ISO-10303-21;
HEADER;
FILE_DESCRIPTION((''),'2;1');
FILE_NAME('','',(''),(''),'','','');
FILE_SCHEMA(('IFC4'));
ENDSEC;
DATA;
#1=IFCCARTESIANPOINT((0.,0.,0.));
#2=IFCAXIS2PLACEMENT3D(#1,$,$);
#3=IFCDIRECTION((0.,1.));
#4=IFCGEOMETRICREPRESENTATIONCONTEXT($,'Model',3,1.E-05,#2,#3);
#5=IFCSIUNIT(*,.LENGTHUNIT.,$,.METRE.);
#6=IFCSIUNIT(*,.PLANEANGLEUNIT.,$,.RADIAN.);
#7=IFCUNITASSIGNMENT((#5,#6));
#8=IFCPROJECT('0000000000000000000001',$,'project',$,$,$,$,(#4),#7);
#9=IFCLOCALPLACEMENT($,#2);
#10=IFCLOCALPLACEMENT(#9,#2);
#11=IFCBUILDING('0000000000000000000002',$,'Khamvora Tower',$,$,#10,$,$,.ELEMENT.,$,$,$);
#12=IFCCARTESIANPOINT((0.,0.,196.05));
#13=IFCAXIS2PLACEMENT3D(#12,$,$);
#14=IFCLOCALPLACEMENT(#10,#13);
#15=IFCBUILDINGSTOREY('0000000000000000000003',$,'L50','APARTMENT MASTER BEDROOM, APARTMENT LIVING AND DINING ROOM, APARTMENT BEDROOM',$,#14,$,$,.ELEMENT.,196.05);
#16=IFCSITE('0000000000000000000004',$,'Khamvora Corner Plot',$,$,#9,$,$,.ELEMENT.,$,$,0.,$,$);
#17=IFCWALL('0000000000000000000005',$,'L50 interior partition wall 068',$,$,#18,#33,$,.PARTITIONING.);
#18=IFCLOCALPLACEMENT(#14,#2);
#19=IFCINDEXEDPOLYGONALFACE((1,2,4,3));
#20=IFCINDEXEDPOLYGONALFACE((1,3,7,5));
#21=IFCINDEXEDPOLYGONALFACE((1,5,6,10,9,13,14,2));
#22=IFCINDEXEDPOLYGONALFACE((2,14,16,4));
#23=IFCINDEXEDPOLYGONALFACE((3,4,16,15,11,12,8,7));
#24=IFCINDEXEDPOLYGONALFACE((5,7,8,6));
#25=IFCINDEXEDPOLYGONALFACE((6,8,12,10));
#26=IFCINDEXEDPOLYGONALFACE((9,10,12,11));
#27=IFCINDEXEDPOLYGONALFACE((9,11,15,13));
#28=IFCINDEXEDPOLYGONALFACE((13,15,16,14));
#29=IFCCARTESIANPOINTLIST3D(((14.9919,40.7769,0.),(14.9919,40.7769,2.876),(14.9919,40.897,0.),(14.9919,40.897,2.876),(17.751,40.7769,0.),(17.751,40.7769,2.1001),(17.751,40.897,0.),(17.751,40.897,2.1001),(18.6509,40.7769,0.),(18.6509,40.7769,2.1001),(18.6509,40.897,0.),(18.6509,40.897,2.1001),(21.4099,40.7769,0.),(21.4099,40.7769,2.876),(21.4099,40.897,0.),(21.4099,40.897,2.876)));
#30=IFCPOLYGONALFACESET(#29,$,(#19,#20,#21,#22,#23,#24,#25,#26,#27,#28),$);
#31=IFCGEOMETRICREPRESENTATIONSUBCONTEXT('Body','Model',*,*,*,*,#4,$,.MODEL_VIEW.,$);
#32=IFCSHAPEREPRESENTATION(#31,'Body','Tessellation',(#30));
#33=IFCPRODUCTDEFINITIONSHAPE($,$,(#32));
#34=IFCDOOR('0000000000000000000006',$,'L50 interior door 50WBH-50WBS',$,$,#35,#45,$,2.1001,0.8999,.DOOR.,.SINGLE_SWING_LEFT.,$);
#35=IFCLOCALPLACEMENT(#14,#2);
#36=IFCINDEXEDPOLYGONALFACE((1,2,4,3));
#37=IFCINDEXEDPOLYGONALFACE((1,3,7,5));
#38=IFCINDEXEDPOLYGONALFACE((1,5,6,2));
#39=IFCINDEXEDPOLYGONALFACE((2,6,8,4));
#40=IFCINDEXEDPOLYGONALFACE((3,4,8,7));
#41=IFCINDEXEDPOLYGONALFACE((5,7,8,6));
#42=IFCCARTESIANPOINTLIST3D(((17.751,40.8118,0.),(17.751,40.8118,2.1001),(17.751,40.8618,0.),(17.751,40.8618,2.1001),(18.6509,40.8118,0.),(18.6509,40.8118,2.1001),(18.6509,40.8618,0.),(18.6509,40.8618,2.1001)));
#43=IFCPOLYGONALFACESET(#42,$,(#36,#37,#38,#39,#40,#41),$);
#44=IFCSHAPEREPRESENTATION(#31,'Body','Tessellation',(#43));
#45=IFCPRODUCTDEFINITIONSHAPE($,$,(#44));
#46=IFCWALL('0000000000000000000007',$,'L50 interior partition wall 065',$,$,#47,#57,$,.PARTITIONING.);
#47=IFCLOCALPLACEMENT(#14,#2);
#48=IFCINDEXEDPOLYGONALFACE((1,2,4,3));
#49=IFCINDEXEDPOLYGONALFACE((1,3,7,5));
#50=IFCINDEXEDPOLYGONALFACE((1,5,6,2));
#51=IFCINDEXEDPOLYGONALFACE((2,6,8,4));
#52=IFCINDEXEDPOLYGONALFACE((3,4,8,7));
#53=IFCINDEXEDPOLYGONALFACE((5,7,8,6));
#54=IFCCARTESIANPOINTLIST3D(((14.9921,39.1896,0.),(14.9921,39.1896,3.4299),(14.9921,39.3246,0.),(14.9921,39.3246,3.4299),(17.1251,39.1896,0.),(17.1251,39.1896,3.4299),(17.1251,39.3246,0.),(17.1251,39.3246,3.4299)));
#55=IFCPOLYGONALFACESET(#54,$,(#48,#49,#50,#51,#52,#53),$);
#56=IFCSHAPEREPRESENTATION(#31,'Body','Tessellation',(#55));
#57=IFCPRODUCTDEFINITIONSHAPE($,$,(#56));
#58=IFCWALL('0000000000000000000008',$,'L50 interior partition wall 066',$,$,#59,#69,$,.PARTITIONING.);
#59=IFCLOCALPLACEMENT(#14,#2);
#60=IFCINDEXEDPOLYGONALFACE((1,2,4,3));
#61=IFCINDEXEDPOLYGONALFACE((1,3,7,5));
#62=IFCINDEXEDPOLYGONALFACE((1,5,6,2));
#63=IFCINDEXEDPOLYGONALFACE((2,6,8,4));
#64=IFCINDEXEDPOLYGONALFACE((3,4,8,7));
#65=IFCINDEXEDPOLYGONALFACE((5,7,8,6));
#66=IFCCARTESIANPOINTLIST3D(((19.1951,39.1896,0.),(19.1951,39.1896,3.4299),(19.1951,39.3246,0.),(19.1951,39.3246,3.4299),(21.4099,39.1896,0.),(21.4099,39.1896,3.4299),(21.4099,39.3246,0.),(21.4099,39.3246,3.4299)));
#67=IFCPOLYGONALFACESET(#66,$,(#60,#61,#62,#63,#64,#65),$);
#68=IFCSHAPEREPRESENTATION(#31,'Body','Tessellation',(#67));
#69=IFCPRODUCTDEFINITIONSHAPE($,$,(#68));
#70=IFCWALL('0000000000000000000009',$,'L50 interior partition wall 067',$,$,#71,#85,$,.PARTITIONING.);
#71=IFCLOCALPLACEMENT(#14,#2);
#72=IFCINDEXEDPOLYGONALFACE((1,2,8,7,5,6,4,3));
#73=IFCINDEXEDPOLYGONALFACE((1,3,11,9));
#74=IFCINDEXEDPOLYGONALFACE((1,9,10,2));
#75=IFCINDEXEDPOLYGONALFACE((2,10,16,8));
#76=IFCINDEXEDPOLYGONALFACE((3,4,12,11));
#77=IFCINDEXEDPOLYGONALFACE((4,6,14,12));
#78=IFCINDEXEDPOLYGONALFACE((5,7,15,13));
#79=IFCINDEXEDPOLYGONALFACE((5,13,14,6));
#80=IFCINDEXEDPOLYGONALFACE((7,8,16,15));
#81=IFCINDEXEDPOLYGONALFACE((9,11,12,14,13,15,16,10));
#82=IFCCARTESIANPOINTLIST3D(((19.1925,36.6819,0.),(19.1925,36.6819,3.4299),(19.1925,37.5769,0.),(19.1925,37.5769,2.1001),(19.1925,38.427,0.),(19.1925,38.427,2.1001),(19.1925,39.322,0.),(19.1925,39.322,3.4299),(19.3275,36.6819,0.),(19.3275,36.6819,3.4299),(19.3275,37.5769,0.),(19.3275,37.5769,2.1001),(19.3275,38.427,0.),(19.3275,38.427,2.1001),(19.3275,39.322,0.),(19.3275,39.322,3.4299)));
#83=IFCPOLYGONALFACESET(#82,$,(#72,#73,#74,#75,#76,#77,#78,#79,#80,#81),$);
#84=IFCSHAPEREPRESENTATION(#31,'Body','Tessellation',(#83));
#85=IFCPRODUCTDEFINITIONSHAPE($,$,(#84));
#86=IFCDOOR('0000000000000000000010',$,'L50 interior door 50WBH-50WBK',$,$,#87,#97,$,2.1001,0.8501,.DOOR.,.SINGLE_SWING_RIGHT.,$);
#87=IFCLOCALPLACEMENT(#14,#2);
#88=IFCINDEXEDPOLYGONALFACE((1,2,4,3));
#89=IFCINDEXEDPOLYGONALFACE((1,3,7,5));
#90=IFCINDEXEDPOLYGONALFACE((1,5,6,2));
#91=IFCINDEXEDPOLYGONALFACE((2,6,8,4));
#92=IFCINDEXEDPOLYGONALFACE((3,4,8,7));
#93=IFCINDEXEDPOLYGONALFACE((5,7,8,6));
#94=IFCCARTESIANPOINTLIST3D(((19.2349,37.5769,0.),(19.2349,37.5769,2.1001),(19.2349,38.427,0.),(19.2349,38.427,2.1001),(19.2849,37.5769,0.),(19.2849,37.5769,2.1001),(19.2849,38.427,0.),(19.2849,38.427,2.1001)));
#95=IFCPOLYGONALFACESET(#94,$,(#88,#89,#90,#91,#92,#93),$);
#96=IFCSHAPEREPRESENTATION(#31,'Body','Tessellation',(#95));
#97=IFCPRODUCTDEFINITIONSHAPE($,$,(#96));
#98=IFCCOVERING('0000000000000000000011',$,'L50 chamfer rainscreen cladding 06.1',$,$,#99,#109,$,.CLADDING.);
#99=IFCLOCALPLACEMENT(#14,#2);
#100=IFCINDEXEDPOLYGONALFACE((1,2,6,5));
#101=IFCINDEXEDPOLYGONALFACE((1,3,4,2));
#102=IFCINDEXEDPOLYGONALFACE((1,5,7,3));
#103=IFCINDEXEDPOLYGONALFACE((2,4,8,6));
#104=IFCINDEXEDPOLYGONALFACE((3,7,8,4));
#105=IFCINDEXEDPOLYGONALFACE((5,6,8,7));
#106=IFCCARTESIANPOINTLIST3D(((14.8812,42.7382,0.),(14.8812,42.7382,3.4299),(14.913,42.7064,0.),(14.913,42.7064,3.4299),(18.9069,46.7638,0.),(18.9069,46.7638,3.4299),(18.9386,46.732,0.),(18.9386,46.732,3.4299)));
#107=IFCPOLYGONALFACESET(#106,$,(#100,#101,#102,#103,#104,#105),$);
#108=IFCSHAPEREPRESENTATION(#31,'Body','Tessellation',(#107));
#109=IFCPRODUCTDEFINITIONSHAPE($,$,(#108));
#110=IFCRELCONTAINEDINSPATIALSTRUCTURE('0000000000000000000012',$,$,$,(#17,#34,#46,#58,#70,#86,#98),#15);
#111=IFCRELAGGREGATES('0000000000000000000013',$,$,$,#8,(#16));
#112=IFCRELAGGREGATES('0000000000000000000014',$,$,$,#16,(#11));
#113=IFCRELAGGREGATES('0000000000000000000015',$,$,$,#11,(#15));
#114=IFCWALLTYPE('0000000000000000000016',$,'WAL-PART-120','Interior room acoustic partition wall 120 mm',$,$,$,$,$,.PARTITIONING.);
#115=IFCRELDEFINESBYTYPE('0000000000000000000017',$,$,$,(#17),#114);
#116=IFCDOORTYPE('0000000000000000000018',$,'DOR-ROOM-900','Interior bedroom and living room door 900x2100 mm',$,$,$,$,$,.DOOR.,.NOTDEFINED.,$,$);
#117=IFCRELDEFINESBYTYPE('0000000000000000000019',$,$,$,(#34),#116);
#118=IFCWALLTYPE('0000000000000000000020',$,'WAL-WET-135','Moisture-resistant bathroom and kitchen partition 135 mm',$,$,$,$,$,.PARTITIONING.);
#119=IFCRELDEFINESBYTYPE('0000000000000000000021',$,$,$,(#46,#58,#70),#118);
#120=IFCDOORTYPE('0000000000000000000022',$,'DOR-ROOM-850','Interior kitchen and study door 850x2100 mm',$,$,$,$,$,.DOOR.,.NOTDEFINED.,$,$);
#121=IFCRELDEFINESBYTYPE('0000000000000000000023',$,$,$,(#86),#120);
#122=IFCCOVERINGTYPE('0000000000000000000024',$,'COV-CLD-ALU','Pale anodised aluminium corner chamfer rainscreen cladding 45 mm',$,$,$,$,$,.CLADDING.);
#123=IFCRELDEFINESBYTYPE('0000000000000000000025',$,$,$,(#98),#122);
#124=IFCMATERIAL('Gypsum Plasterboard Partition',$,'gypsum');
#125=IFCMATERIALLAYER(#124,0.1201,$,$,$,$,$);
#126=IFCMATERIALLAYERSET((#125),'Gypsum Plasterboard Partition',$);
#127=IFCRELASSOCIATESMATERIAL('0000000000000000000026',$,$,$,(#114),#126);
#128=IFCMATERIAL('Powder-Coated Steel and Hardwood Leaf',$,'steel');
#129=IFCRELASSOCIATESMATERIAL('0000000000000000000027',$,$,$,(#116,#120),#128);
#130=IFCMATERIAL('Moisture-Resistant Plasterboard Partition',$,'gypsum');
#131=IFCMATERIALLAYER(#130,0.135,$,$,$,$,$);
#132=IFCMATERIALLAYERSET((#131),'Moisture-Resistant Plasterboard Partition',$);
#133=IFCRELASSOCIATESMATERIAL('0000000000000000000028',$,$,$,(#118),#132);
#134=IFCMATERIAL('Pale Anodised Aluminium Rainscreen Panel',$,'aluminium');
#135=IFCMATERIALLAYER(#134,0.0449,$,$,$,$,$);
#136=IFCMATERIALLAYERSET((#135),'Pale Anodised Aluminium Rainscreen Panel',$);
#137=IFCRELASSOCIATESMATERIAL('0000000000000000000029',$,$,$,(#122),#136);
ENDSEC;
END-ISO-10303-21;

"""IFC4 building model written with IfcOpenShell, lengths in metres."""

from ifc_helpers import new_model, si_unit, direction, frame, frame_2d, origin, origin_2d, place, context, subcontext, project, spatial, rectangle, extrude, material, layer, layer_set, type_object, element, fill, save


model = new_model("IFC4")

# Units and contexts
model_context = context("Model", 3, precision=1e-05, world=origin(), true_north=direction((0.0, 1.0)))
body_context = subcontext(model_context, "Body", "Model", "MODEL_VIEW")
ifc_project = project(units=[si_unit("LENGTHUNIT", "METRE"), si_unit("PLANEANGLEUNIT", "RADIAN")], contexts=[model_context])

# Site, building, storey
site_placement = place(None, origin())
site = spatial("IfcSite", under=ifc_project, at=site_placement, Name="Khamvora Corner Plot", CompositionType="ELEMENT", RefElevation=0.0)
building_placement = place(site_placement, origin())
building = spatial("IfcBuilding", under=site, at=building_placement, Name="Khamvora Tower", CompositionType="ELEMENT")
storey_placement = place(building_placement, frame((0.0, 0.0, 196.05)))
storey = spatial("IfcBuildingStorey", under=building, at=storey_placement, Name="L50", Description="APARTMENT MASTER BEDROOM, APARTMENT LIVING AND DINING ROOM, APARTMENT BEDROOM", CompositionType="ELEMENT", Elevation=196.05)

# Wall, opening, door
ifc_material_1 = material(Name="Gypsum Plasterboard Partition", Category="gypsum")
ifc_layer_1 = layer(ifc_material_1, 0.1201)
ifc_layer_set_1 = layer_set([ifc_layer_1], Name="Gypsum Plasterboard Partition")
wall_type_1 = type_object("IfcWallType", Name="WAL-PART-120", Description="Interior room acoustic partition wall 120 mm", PredefinedType="PARTITIONING", material=ifc_layer_set_1)
wall_1_placement = place(storey_placement, frame((14.9919, 40.8369, 0.0), z_axis=(0.0, 0.0, 1.0), x_axis=(1.0, 0.0, 0.0)))
wall_1 = element("IfcWall", 1, at=wall_1_placement, inside=storey, type_object=wall_type_1, Name="L50 interior partition wall 068", PredefinedType="PARTITIONING", context=body_context, shape_type="SweptSolid", body=[
    extrude(rectangle(XDim=6.418, YDim=0.1201, at=frame_2d((3.209, 0.0))), origin(), (0.0, 0.0, 1.0), 2.876),
])
opening_1_placement = place(wall_1_placement, frame((2.759, 0.0, 0.0)))
opening_1 = element("IfcOpeningElement", 2, at=opening_1_placement, cuts=wall_1, PredefinedType="OPENING", context=body_context, shape_type="SweptSolid", body=[
    extrude(rectangle(XDim=0.8999, YDim=2.1001, at=frame_2d((0.45, 1.05))), frame((0.0, 0.0701, 0.0), z_axis=(0.0, -1.0, 0.0), x_axis=(1.0, 0.0, 0.0)), (0.0, 0.0, 1.0), 0.1401),
])
ifc_material_2 = material(Name="Powder-Coated Steel and Hardwood Leaf", Category="steel")
door_type_1 = type_object("IfcDoorType", Name="DOR-ROOM-900", Description="Interior bedroom and living room door 900x2100 mm", OperationType="NOTDEFINED", PredefinedType="DOOR", material=ifc_material_2)
door_1_placement = place(opening_1_placement, origin())
door_1 = element("IfcDoor", 3, at=door_1_placement, inside=storey, type_object=door_type_1, Name="L50 interior door 50WBH-50WBS", OperationType="SINGLE_SWING_LEFT", OverallHeight=2.1001, OverallWidth=0.8999, PredefinedType="DOOR", context=body_context, shape_type="SweptSolid", body=[
    extrude(rectangle(XDim=0.8999, YDim=2.1001, at=frame_2d((0.45, 1.05))), frame((0.0, 0.0249, 0.0), z_axis=(0.0, -1.0, 0.0), x_axis=(1.0, 0.0, 0.0)), (0.0, 0.0, 1.0), 0.05),
])
fill(opening_1, door_1)

# Walls
ifc_material_3 = material(Name="Moisture-Resistant Plasterboard Partition", Category="gypsum")
ifc_layer_2 = layer(ifc_material_3, 0.135)
ifc_layer_set_2 = layer_set([ifc_layer_2], Name="Moisture-Resistant Plasterboard Partition")
wall_type_2 = type_object("IfcWallType", Name="WAL-WET-135", Description="Moisture-resistant bathroom and kitchen partition 135 mm", PredefinedType="PARTITIONING", material=ifc_layer_set_2)
wall_2_placement = place(storey_placement, frame((17.125, 39.2571, 0.0), z_axis=(0.0, 0.0, 1.0), x_axis=(-1.0, 0.0, 0.0)))
element("IfcWall", 4, at=wall_2_placement, inside=storey, type_object=wall_type_2, Name="L50 interior partition wall 065", PredefinedType="PARTITIONING", context=body_context, shape_type="SweptSolid", body=[
    extrude(rectangle(XDim=2.1331, YDim=0.135, at=frame_2d((1.0664, 0.0))), origin(), (0.0, 0.0, 1.0), 3.4299),
])
wall_3_placement = place(storey_placement, frame((21.4099, 39.2571, 0.0), z_axis=(0.0, 0.0, 1.0), x_axis=(-1.0, 0.0, 0.0)))
element("IfcWall", 5, at=wall_3_placement, inside=storey, type_object=wall_type_2, Name="L50 interior partition wall 066", PredefinedType="PARTITIONING", context=body_context, shape_type="SweptSolid", body=[
    extrude(rectangle(XDim=2.2148, YDim=0.135, at=frame_2d((1.1074, 0.0))), origin(), (0.0, 0.0, 1.0), 3.4299),
])

# Wall, opening, door
wall_4_placement = place(storey_placement, frame((19.26, 39.322, 0.0), z_axis=(0.0, 0.0, 1.0), x_axis=(0.0, -1.0, 0.0)))
wall_4 = element("IfcWall", 6, at=wall_4_placement, inside=storey, type_object=wall_type_2, Name="L50 interior partition wall 067", PredefinedType="PARTITIONING", context=body_context, shape_type="SweptSolid", body=[
    extrude(rectangle(XDim=2.6401, YDim=0.135, at=frame_2d((1.3201, 0.0))), origin(), (0.0, 0.0, 1.0), 3.4299),
])
opening_2_placement = place(wall_4_placement, frame((0.895, 0.0, 0.0)))
opening_2 = element("IfcOpeningElement", 7, at=opening_2_placement, cuts=wall_4, PredefinedType="OPENING", context=body_context, shape_type="SweptSolid", body=[
    extrude(rectangle(XDim=0.8501, YDim=2.1001, at=frame_2d((0.425, 1.05))), frame((0.0, 0.0774, 0.0), z_axis=(0.0, -1.0, 0.0), x_axis=(1.0, 0.0, 0.0)), (0.0, 0.0, 1.0), 0.155),
])
door_type_2 = type_object("IfcDoorType", Name="DOR-ROOM-850", Description="Interior kitchen and study door 850x2100 mm", OperationType="NOTDEFINED", PredefinedType="DOOR", material=ifc_material_2)
door_2_placement = place(opening_2_placement, origin())
door_2 = element("IfcDoor", 8, at=door_2_placement, inside=storey, type_object=door_type_2, Name="L50 interior door 50WBH-50WBK", OperationType="SINGLE_SWING_RIGHT", OverallHeight=2.1001, OverallWidth=0.8501, PredefinedType="DOOR", context=body_context, shape_type="SweptSolid", body=[
    extrude(rectangle(XDim=0.8501, YDim=2.1001, at=frame_2d((0.425, 1.05))), frame((0.0, 0.0249, 0.0), z_axis=(0.0, -1.0, 0.0), x_axis=(1.0, 0.0, 0.0)), (0.0, 0.0, 1.0), 0.05),
])
fill(opening_2, door_2)

# Covering
ifc_material_4 = material(Name="Pale Anodised Aluminium Rainscreen Panel", Category="aluminium")
ifc_layer_3 = layer(ifc_material_4, 0.0449)
ifc_layer_set_3 = layer_set([ifc_layer_3], Name="Pale Anodised Aluminium Rainscreen Panel")
covering_type = type_object("IfcCoveringType", Name="COV-CLD-ALU", Description="Pale anodised aluminium corner chamfer rainscreen cladding 45 mm", PredefinedType="CLADDING", material=ifc_layer_set_3)
covering_placement = place(storey_placement, frame((16.9099, 44.7351, 0.0), z_axis=(0.0, 0.0, 1.0), x_axis=(0.707107, 0.707107, 0.0)))
element("IfcCovering", 9, at=covering_placement, inside=storey, type_object=covering_type, Name="L50 chamfer rainscreen cladding 06.1", PredefinedType="CLADDING", context=body_context, shape_type="SweptSolid", body=[
    extrude(rectangle(XDim=5.6931, YDim=0.0449, at=origin_2d()), origin(), (0.0, 0.0, 1.0), 3.4299),
])

save(model, "model.ifc")
